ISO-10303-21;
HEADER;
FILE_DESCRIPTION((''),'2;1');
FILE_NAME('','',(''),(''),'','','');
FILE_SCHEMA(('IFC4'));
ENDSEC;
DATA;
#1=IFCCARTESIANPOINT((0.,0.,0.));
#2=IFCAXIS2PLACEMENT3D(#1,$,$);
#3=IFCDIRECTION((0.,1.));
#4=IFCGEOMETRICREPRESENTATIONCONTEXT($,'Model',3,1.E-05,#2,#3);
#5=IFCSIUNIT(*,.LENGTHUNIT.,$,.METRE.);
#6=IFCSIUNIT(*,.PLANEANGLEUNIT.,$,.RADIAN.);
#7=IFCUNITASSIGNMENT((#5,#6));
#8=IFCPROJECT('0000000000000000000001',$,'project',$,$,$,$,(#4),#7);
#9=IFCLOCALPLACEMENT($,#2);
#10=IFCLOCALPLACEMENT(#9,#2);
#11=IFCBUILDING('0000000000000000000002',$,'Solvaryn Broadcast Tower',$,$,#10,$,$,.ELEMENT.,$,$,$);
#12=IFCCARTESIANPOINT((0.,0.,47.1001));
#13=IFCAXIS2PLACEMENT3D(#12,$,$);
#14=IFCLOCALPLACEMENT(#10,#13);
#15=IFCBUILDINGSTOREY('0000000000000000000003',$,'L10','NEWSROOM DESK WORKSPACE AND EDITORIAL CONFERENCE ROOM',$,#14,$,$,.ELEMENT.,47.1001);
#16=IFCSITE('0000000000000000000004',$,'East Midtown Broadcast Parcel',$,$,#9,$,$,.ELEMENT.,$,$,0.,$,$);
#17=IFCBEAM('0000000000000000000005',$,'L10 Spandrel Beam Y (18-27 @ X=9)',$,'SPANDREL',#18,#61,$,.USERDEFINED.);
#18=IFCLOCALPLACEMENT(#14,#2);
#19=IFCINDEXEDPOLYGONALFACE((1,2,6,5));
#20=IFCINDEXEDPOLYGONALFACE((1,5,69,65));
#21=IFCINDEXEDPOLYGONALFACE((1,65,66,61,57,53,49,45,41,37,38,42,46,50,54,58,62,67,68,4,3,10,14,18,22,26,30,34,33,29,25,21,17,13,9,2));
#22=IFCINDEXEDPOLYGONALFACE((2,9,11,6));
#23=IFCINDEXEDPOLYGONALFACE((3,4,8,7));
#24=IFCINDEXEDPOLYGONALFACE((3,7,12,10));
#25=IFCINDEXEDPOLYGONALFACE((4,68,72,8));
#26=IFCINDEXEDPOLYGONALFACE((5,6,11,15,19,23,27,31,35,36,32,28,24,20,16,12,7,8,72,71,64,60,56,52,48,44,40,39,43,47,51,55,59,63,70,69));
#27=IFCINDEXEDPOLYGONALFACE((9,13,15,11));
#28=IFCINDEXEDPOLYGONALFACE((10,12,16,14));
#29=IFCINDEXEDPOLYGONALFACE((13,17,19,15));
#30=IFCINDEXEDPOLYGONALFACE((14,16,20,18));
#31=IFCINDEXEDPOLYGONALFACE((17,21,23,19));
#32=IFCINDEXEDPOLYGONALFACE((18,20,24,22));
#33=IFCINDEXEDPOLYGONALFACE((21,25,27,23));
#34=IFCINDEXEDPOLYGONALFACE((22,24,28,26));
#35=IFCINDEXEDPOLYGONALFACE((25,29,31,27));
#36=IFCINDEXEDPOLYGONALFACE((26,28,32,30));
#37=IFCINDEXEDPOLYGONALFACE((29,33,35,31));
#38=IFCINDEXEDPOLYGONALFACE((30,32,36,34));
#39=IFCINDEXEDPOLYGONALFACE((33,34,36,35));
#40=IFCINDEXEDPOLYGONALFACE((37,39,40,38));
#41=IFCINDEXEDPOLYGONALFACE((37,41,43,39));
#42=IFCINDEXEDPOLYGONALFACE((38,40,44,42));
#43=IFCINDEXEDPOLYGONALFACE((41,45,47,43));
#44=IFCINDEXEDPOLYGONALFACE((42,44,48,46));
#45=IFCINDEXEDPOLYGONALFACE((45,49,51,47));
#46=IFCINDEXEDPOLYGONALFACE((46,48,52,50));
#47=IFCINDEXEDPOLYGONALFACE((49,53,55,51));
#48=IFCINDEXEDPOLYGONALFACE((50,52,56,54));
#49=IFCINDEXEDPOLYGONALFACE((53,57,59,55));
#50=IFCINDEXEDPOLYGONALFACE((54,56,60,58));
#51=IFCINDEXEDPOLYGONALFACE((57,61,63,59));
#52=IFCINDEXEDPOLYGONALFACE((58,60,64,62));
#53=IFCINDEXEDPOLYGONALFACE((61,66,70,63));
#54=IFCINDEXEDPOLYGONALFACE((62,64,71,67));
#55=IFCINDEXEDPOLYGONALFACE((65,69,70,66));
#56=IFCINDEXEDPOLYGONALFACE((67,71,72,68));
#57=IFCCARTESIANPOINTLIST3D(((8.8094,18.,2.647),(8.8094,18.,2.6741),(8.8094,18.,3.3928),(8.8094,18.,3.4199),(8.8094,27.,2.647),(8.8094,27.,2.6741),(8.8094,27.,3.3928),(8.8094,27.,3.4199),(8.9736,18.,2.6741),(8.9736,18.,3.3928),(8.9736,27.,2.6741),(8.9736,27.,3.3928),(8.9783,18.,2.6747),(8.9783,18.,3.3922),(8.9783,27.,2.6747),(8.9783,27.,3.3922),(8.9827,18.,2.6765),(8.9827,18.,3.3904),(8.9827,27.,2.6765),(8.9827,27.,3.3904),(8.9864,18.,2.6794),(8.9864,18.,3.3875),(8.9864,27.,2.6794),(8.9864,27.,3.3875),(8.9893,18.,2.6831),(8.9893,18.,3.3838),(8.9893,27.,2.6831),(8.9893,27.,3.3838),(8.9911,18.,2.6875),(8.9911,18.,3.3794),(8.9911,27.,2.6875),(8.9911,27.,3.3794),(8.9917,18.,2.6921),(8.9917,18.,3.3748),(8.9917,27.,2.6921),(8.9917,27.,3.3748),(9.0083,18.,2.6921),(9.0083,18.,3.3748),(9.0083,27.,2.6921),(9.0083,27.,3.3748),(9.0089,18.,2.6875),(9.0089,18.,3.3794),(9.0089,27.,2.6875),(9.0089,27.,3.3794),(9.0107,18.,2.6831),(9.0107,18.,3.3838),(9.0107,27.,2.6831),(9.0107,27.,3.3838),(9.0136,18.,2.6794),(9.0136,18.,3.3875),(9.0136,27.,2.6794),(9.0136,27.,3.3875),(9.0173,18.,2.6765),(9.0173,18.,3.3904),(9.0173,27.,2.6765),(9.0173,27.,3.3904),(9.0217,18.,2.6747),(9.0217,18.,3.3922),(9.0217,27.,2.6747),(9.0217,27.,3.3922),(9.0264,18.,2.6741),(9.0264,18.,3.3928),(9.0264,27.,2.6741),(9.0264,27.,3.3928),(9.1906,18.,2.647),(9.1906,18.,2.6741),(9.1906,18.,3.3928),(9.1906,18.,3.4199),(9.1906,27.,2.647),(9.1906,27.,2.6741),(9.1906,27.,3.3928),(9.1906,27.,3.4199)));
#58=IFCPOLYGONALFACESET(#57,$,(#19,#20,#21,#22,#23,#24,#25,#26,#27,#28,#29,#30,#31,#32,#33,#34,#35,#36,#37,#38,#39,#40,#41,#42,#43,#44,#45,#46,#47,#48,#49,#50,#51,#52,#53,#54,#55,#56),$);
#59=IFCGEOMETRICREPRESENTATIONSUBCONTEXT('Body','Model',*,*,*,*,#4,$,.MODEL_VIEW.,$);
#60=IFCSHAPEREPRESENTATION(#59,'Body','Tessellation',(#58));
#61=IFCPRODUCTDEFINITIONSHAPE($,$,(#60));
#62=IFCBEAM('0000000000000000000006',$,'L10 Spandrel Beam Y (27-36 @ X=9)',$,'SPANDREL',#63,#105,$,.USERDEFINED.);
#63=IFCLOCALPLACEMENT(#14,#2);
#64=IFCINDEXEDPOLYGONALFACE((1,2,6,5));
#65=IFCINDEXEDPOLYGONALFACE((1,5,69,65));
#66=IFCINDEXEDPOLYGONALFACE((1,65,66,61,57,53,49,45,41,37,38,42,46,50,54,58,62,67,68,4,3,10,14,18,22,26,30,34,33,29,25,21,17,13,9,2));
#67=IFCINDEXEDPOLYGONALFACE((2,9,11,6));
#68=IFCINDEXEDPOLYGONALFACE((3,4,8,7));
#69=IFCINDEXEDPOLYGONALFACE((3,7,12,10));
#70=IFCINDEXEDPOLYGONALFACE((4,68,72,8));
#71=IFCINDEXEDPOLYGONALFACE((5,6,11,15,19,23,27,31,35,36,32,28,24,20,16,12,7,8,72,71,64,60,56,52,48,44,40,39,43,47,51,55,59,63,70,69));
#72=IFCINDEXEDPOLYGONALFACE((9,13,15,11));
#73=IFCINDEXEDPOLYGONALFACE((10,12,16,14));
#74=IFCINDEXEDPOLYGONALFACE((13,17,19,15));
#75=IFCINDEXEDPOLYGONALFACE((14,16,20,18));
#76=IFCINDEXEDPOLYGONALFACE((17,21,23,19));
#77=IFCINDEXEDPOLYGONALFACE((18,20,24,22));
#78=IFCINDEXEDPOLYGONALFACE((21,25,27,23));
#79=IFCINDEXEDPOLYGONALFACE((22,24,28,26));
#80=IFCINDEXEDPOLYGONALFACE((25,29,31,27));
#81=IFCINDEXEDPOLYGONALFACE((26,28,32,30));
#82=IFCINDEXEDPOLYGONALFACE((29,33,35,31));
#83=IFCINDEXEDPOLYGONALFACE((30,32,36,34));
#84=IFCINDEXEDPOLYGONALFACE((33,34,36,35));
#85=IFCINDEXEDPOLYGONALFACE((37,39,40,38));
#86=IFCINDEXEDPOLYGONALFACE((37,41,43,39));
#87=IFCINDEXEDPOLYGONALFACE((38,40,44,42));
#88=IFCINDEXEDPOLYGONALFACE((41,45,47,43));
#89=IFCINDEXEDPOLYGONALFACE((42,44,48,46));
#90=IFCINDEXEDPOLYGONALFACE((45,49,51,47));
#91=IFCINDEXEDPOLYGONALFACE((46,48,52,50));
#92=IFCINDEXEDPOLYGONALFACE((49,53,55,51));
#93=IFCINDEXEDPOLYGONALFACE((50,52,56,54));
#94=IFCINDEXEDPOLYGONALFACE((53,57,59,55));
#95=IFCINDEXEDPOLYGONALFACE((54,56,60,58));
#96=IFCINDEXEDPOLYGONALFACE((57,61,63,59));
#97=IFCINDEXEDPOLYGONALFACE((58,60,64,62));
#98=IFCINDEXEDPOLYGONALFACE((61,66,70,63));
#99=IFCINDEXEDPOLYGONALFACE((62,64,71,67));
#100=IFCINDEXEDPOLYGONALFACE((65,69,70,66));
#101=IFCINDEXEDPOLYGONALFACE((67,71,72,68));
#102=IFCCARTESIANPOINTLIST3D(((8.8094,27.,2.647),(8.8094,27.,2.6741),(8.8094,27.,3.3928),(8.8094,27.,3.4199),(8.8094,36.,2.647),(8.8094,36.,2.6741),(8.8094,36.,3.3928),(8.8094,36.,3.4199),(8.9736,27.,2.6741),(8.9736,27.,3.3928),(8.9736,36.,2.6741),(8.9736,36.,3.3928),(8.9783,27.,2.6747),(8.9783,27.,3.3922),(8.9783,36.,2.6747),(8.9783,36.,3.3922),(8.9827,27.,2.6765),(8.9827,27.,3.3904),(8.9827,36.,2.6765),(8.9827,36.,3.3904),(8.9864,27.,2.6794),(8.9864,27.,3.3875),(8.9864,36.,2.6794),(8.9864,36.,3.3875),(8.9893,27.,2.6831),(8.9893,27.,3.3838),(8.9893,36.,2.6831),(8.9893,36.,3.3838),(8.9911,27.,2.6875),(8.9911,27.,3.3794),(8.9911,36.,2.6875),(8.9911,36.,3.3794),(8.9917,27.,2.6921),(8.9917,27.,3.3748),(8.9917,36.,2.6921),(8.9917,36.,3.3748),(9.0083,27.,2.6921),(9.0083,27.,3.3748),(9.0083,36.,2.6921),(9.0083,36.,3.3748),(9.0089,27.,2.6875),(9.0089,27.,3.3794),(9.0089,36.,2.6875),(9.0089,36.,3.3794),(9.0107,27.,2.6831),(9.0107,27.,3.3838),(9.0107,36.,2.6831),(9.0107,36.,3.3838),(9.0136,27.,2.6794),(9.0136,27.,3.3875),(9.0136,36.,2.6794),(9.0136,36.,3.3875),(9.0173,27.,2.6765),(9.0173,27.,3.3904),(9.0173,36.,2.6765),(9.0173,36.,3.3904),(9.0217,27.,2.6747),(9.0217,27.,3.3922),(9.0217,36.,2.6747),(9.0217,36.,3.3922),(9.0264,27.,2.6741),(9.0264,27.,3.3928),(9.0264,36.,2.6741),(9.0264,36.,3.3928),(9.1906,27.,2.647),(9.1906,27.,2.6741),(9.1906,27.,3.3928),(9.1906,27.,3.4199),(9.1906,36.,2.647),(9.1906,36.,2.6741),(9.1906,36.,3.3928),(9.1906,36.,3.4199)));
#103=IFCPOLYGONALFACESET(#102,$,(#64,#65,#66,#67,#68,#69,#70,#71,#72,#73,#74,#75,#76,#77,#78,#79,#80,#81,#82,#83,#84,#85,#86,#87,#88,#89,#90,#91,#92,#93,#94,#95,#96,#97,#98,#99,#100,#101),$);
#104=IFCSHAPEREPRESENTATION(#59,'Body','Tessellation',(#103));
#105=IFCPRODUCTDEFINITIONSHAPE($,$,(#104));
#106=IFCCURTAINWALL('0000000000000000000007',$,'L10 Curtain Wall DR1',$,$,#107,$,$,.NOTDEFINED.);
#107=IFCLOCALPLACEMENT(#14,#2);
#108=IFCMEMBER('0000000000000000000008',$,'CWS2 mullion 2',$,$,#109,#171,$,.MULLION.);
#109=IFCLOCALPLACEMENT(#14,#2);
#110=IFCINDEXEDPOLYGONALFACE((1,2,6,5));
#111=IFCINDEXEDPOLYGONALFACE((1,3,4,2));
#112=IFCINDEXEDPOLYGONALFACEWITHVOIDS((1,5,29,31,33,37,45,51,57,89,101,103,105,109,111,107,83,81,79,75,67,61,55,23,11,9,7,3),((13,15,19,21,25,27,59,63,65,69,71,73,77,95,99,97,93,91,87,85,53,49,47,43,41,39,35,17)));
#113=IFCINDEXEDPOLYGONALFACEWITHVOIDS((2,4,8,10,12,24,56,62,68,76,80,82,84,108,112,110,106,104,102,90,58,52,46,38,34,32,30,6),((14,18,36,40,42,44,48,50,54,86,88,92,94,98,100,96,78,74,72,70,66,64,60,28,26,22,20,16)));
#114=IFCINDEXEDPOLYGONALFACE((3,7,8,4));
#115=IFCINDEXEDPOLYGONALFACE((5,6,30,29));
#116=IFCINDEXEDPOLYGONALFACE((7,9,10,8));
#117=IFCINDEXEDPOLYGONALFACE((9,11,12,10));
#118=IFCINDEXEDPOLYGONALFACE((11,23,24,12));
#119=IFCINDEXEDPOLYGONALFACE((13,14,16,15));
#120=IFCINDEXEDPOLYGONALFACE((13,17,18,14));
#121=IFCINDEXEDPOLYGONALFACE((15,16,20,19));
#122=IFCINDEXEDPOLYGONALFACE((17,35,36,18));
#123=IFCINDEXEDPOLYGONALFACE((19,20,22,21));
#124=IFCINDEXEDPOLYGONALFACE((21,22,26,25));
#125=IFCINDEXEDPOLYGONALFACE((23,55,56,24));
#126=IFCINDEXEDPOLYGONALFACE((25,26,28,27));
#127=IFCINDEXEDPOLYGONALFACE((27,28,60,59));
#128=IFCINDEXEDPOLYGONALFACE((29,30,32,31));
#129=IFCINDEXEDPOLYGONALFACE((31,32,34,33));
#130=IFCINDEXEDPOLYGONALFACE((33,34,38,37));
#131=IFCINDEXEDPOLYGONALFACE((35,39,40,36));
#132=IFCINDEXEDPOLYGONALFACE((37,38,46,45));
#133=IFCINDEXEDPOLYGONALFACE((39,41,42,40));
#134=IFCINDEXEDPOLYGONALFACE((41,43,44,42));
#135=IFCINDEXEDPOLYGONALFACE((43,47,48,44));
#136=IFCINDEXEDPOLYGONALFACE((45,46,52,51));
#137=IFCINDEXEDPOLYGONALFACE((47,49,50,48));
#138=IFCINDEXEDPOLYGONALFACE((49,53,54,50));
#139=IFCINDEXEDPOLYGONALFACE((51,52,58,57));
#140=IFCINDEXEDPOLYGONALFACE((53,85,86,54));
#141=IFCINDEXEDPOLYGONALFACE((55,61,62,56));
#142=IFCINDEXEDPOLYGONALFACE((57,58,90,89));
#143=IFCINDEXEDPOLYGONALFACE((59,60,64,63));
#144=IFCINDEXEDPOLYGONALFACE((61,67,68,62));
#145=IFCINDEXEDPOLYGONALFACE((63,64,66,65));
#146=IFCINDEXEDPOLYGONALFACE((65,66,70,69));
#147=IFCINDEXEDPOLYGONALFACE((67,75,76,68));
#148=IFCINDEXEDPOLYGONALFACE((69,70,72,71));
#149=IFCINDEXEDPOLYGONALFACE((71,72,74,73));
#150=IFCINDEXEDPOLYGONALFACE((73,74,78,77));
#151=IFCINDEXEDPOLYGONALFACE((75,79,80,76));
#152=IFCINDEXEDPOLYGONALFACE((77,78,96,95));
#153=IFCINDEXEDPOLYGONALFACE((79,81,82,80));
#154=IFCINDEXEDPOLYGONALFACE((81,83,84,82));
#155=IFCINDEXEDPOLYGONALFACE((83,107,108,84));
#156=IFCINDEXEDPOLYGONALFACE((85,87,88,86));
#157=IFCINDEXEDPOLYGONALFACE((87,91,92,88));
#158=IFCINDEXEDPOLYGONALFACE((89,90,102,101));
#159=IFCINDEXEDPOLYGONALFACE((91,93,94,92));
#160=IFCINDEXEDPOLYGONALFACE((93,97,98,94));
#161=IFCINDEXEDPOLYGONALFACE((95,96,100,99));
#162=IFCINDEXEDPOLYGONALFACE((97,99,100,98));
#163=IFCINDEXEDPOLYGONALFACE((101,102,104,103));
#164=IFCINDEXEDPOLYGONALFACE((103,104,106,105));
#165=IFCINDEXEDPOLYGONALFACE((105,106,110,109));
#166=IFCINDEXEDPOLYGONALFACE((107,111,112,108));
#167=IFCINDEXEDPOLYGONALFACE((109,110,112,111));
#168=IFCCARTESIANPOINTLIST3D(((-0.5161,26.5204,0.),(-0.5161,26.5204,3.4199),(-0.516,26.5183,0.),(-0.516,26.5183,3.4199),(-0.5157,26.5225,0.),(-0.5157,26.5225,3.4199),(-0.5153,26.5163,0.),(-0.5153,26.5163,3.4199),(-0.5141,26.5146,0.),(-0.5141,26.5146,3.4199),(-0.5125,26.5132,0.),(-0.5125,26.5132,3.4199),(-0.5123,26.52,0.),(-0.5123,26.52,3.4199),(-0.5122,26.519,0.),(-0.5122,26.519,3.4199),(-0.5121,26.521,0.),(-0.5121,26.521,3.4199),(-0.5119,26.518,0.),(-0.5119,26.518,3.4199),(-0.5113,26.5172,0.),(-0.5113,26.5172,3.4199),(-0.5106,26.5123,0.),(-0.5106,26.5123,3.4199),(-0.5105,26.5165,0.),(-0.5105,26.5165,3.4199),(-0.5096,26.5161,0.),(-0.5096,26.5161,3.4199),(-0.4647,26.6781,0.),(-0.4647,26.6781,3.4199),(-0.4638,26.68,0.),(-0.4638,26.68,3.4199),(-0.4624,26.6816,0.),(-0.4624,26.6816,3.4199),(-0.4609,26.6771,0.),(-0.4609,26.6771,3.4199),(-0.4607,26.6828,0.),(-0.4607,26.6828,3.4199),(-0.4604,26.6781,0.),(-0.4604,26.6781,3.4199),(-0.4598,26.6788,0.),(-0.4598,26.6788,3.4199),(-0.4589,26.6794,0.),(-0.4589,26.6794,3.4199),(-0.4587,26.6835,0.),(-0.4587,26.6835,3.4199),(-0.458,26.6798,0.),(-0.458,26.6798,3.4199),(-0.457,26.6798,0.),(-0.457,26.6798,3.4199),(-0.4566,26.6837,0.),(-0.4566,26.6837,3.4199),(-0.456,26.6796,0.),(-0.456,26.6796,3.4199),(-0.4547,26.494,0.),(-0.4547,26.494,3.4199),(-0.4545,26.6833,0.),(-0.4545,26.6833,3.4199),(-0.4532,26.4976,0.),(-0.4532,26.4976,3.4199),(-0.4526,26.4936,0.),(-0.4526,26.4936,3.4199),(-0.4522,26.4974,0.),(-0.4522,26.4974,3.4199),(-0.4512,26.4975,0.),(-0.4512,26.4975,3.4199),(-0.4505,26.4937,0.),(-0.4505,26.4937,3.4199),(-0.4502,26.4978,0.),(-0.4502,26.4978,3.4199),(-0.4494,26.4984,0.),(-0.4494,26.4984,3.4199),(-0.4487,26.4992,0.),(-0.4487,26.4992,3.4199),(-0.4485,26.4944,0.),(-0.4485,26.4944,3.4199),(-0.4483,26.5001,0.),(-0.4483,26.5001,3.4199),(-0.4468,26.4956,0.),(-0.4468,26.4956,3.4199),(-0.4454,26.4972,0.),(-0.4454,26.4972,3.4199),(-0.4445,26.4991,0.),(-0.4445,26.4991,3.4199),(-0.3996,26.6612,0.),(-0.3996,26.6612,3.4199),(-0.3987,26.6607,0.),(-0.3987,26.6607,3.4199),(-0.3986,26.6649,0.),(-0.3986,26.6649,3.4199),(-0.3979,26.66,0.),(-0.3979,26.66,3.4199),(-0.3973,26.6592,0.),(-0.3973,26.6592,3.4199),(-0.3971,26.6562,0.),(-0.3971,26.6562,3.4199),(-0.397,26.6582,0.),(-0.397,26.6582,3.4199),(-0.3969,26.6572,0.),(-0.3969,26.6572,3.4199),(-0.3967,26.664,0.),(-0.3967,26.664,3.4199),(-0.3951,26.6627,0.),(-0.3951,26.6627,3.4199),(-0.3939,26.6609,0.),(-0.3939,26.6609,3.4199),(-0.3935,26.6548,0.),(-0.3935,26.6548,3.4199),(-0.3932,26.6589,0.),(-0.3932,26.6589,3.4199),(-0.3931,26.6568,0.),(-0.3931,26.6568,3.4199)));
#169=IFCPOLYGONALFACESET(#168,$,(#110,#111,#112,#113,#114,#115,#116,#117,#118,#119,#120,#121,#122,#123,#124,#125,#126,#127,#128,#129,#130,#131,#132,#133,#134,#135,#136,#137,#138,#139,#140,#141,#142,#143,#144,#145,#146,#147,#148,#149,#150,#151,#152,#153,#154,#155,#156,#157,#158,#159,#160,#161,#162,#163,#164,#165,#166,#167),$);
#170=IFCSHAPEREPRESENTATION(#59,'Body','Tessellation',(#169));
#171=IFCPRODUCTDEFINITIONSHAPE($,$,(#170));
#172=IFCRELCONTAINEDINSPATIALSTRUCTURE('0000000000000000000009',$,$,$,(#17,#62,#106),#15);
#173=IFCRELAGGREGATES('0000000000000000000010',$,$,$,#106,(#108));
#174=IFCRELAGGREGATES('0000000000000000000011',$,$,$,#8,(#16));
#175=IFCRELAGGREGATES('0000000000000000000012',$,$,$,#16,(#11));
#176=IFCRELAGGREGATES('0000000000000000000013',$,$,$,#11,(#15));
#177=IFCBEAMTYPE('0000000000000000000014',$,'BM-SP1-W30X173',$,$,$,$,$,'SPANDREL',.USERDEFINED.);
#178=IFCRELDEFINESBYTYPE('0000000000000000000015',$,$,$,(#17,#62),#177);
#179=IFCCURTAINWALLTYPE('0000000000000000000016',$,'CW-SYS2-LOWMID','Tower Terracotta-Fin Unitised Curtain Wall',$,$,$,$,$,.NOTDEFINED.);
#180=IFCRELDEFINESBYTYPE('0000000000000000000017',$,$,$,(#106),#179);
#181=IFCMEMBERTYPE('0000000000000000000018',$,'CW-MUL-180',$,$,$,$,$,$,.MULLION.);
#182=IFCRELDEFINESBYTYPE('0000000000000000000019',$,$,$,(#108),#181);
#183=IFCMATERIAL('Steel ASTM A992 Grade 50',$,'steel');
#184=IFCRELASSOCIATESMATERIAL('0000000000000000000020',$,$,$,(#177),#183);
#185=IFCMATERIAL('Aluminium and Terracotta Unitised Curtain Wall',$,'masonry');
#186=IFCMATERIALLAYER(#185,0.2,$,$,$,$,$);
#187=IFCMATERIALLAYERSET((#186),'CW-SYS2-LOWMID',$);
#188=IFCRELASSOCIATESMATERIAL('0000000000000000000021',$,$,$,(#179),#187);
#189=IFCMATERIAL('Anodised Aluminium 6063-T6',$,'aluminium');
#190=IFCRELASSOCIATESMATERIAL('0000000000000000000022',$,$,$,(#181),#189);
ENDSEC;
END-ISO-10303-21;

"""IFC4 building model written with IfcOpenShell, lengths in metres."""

from ifc_helpers import new_model, si_unit, direction, frame, origin, origin_2d, place, context, subcontext, project, spatial, hollow_rectangle, i_section, extrude, material, layer, layer_set, material_profile, profile_set, type_object, element, aggregate, save


model = new_model("IFC4")

# Units and contexts
model_context = context("Model", 3, precision=1e-05, world=origin(), true_north=direction((0.0, 1.0)))
body_context = subcontext(model_context, "Body", "Model", "MODEL_VIEW")
ifc_project = project(units=[si_unit("LENGTHUNIT", "METRE"), si_unit("PLANEANGLEUNIT", "RADIAN")], contexts=[model_context])

# Site, building, storey
site_placement = place(None, origin())
site = spatial("IfcSite", under=ifc_project, at=site_placement, Name="East Midtown Broadcast Parcel", CompositionType="ELEMENT", RefElevation=0.0)
building_placement = place(site_placement, origin())
building = spatial("IfcBuilding", under=site, at=building_placement, Name="Solvaryn Broadcast Tower", CompositionType="ELEMENT")
storey_placement = place(building_placement, frame((0.0, 0.0, 47.1001)))
storey = spatial("IfcBuildingStorey", under=building, at=storey_placement, Name="L10", Description="NEWSROOM DESK WORKSPACE AND EDITORIAL CONFERENCE ROOM", CompositionType="ELEMENT", Elevation=47.1001)

# Beams
ifc_material_1 = material(Name="Steel ASTM A992 Grade 50", Category="steel")
ifc_material_profile_1 = material_profile(ifc_material_1, i_section(OverallWidth=0.3811, OverallDepth=0.7729, WebThickness=0.0166, FlangeThickness=0.0271, FilletRadius=0.0181, at=origin_2d()))
ifc_profile_set_1 = profile_set([ifc_material_profile_1], Name="Steel ASTM A992 Grade 50")
beam_type_1 = type_object("IfcBeamType", Name="BM-SP1-W30X173", ElementType="SPANDREL", PredefinedType="USERDEFINED", material=ifc_profile_set_1)
for number, where, z_axis, x_axis, name in (
    (1, (9.0, 18.0, 3.0334), (0.0, 1.0, 0.0), (-1.0, 0.0, 0.0), "L10 Spandrel Beam Y (18-27 @ X=9)"),
    (2, (9.0, 27.0, 3.0334), (0.0, 1.0, 0.0), (-1.0, 0.0, 0.0), "L10 Spandrel Beam Y (27-36 @ X=9)"),
):
    element("IfcBeam", number, at=place(storey_placement, frame(where, z_axis=z_axis, x_axis=x_axis)), inside=storey, type_object=beam_type_1, Name=name, ObjectType="SPANDREL", PredefinedType="USERDEFINED", context=body_context, shape_type="SweptSolid", body=[
        extrude(i_section(OverallWidth=0.3811, OverallDepth=0.7729, WebThickness=0.0166, FlangeThickness=0.0271, FilletRadius=0.0181, at=origin_2d()), origin(), (0.0, 0.0, 1.0), 9.0),
    ])

# Curtain wall, member
ifc_material_2 = material(Name="Aluminium and Terracotta Unitised Curtain Wall", Category="masonry")
ifc_layer_1 = layer(ifc_material_2, 0.2)
ifc_layer_set_1 = layer_set([ifc_layer_1], Name="CW-SYS2-LOWMID")
curtain_wall_type_1 = type_object("IfcCurtainWallType", Name="CW-SYS2-LOWMID", Description="Tower Terracotta-Fin Unitised Curtain Wall", PredefinedType="NOTDEFINED", material=ifc_layer_set_1)
curtain_wall_1_placement = place(storey_placement, origin())
curtain_wall_1 = element("IfcCurtainWall", 3, at=curtain_wall_1_placement, inside=storey, type_object=curtain_wall_type_1, Name="L10 Curtain Wall DR1", PredefinedType="NOTDEFINED")
ifc_material_3 = material(Name="Anodised Aluminium 6063-T6", Category="aluminium")
ifc_material_profile_2 = material_profile(ifc_material_3, hollow_rectangle(XDim=0.075, YDim=0.1799, WallThickness=0.0039, InnerFilletRadius=0.0039, OuterFilletRadius=0.0081, at=origin_2d()))
ifc_profile_set_2 = profile_set([ifc_material_profile_2], Name="Anodised Aluminium 6063-T6")
member_type_1 = type_object("IfcMemberType", Name="CW-MUL-180", PredefinedType="MULLION", material=ifc_profile_set_2)
member_1_placement = place(storey_placement, frame((-0.4546, 26.5886, 0.0), z_axis=(0.0, 0.0, 1.0), x_axis=(0.950215, -0.311594, 0.0)))
member_1 = element("IfcMember", 4, at=member_1_placement, type_object=member_type_1, Name="CWS2 mullion 2", PredefinedType="MULLION", context=body_context, shape_type="SweptSolid", body=[
    extrude(hollow_rectangle(XDim=0.075, YDim=0.1799, WallThickness=0.0039, InnerFilletRadius=0.0039, OuterFilletRadius=0.0081, at=origin_2d()), origin(), (0.0, 0.0, 1.0), 3.4199),
])
aggregate(curtain_wall_1, [member_1])

save(model, "model.ifc")
